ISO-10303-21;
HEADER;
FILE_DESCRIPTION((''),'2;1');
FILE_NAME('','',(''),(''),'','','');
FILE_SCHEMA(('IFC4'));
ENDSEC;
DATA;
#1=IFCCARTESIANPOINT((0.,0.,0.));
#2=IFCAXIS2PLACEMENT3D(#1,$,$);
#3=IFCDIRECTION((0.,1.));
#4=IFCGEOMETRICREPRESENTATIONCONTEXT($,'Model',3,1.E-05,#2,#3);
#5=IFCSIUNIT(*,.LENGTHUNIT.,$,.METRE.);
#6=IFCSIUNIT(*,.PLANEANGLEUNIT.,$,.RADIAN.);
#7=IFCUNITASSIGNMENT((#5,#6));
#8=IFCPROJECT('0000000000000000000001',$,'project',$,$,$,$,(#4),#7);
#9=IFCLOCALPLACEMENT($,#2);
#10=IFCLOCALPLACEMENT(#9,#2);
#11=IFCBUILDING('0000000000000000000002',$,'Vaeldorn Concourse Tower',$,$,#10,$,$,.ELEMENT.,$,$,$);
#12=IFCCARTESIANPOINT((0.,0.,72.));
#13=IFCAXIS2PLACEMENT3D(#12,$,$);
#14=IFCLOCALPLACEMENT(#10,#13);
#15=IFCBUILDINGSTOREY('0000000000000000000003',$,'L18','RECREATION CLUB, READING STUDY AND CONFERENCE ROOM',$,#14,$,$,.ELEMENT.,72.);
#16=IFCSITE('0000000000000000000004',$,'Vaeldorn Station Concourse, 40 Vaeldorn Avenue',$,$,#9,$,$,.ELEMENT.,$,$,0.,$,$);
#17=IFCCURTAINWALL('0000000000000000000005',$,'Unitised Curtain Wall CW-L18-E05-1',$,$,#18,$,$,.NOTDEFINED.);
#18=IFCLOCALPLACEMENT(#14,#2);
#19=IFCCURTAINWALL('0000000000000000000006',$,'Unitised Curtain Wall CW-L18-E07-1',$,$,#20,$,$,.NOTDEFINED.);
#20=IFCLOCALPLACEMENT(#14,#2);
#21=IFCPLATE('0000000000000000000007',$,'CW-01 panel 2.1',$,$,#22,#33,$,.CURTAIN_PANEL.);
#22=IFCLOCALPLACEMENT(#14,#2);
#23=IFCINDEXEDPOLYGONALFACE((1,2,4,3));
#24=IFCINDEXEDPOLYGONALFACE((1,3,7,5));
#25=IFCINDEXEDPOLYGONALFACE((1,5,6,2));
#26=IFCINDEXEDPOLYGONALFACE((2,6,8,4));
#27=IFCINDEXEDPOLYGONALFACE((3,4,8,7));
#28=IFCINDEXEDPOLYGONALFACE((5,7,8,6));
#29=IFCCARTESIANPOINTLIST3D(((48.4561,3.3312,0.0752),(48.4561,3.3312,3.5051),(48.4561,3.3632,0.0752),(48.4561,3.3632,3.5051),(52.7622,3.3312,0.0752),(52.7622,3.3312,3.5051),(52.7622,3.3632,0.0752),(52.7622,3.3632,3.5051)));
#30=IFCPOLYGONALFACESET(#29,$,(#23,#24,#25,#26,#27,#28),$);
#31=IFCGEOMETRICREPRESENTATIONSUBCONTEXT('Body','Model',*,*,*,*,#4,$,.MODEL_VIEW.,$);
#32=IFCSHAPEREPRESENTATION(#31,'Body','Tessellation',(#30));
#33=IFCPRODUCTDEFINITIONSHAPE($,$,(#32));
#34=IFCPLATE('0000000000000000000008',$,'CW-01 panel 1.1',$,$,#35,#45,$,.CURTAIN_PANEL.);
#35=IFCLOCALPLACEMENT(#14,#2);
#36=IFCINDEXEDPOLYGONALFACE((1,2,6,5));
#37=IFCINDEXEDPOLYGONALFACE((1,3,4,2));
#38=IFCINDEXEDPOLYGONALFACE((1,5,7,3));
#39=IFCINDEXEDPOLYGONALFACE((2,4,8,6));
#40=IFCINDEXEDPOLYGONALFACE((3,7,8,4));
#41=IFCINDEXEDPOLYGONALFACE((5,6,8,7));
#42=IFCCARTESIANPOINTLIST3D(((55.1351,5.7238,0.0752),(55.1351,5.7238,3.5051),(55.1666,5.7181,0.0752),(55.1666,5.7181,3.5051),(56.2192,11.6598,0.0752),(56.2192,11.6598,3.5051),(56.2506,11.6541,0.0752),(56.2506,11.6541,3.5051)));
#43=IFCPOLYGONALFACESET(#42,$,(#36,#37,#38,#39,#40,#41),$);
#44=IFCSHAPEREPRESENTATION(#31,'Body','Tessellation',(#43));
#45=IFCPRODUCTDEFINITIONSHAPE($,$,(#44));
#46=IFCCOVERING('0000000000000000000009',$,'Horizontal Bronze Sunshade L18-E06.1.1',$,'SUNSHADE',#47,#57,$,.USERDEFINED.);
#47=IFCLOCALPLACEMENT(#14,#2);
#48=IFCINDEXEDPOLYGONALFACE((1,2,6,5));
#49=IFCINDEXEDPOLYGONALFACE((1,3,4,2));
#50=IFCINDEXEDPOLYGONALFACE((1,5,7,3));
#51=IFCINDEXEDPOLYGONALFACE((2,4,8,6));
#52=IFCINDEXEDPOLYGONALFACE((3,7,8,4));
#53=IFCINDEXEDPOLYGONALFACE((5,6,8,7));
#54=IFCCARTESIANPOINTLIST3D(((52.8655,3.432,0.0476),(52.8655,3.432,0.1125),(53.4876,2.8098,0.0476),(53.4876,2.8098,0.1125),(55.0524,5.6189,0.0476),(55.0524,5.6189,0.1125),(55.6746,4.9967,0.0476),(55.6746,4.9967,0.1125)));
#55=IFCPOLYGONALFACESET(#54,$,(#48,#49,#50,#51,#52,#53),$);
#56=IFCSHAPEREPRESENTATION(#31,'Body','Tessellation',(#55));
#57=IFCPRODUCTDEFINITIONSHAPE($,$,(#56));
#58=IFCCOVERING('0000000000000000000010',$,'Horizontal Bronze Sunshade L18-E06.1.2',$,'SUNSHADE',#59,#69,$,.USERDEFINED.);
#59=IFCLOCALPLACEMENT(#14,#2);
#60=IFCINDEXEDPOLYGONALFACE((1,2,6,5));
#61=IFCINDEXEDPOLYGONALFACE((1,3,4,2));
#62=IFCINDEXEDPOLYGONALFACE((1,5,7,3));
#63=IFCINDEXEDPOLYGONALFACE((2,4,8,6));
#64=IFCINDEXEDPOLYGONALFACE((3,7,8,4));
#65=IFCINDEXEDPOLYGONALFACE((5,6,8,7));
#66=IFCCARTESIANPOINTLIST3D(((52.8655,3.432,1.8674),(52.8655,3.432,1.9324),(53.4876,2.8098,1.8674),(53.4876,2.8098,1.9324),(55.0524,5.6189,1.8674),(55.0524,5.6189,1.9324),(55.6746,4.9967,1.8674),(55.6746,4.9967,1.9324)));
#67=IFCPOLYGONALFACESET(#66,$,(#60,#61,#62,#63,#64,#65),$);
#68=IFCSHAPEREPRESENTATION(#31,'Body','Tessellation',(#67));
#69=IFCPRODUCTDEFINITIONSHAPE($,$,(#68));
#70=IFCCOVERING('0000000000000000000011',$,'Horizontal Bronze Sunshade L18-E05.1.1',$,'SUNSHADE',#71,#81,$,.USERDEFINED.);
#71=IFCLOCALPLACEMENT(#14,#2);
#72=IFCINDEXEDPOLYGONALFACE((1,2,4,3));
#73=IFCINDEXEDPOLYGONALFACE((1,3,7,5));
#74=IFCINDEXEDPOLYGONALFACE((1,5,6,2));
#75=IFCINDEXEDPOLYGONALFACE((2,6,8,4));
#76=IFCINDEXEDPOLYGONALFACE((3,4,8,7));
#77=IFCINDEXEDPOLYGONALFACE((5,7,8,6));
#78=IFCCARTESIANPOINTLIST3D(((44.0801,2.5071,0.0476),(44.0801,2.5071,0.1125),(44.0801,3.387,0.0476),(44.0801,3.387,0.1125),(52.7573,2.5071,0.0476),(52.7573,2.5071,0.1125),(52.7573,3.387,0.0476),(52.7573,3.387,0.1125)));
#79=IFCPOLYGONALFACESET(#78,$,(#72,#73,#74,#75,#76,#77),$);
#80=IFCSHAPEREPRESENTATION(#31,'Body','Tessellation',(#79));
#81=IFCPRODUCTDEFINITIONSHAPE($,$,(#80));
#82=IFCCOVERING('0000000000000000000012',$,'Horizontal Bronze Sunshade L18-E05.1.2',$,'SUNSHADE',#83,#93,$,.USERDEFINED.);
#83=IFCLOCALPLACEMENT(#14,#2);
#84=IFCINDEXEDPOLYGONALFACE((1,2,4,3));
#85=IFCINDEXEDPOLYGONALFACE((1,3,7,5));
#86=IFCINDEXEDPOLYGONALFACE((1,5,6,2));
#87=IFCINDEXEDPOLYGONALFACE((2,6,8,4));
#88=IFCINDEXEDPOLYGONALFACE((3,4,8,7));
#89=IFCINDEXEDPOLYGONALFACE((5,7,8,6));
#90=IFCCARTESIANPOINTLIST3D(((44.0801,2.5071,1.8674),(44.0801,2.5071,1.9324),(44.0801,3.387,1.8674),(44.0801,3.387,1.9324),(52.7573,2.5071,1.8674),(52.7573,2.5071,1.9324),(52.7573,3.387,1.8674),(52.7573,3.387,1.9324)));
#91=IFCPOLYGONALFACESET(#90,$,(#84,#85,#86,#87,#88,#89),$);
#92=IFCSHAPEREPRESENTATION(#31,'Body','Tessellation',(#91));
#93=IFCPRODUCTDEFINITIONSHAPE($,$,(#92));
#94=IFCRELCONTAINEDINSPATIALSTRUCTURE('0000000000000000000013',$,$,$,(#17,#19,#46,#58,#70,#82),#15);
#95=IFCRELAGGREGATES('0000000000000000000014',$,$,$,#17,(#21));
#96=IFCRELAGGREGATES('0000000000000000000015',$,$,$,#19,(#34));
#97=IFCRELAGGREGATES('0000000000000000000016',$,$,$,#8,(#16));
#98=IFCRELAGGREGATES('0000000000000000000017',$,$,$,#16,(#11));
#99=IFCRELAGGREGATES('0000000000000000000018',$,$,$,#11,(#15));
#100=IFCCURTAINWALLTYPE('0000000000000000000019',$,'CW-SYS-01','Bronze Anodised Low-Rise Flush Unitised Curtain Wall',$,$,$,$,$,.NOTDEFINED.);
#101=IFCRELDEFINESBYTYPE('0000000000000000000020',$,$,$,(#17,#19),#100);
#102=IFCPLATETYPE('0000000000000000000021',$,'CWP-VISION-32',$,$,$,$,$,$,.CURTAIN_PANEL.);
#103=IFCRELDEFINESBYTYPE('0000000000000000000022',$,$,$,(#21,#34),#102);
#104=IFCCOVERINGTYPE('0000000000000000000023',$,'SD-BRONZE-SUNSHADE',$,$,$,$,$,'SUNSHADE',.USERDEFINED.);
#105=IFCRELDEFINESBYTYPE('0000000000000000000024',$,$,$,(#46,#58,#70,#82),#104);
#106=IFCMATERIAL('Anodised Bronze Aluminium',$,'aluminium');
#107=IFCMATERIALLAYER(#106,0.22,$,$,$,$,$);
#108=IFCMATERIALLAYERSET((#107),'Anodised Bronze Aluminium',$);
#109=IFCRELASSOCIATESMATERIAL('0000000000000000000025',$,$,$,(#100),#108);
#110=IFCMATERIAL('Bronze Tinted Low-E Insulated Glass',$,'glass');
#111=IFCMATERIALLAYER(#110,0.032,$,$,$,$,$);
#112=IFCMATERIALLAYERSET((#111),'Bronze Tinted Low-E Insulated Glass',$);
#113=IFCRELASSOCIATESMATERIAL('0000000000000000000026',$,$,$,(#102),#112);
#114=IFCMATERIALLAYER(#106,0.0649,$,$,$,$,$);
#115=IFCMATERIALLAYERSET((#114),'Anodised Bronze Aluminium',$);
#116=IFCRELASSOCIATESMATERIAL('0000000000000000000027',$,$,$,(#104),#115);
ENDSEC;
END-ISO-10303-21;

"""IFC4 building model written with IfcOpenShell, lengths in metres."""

from ifc_helpers import new_model, si_unit, direction, frame, origin, origin_2d, place, context, subcontext, project, spatial, rectangle, extrude, source, transform, mapped, material, layer, layer_set, type_object, element, aggregate, save


model = new_model("IFC4")

# Units and contexts
model_context = context("Model", 3, precision=1e-05, world=origin(), true_north=direction((0.0, 1.0)))
body_context = subcontext(model_context, "Body", "Model", "MODEL_VIEW")
ifc_project = project(units=[si_unit("LENGTHUNIT", "METRE"), si_unit("PLANEANGLEUNIT", "RADIAN")], contexts=[model_context])

# Site, building, storey
site_placement = place(None, origin())
site = spatial("IfcSite", under=ifc_project, at=site_placement, Name="Vaeldorn Station Concourse, 40 Vaeldorn Avenue", CompositionType="ELEMENT", RefElevation=0.0)
building_placement = place(site_placement, origin())
building = spatial("IfcBuilding", under=site, at=building_placement, Name="Vaeldorn Concourse Tower", CompositionType="ELEMENT")
storey_placement = place(building_placement, frame((0.0, 0.0, 72.0)))
storey = spatial("IfcBuildingStorey", under=building, at=storey_placement, Name="L18", Description="RECREATION CLUB, READING STUDY AND CONFERENCE ROOM", CompositionType="ELEMENT", Elevation=72.0)

# Curtain walls
ifc_material_1 = material(Name="Anodised Bronze Aluminium", Category="aluminium")
ifc_layer_1 = layer(ifc_material_1, 0.22)
ifc_layer_set_1 = layer_set([ifc_layer_1], Name="Anodised Bronze Aluminium")
curtain_wall_type = type_object("IfcCurtainWallType", Name="CW-SYS-01", Description="Bronze Anodised Low-Rise Flush Unitised Curtain Wall", PredefinedType="NOTDEFINED", material=ifc_layer_set_1)
curtain_wall_1_placement = place(storey_placement, origin())
curtain_wall_1 = element("IfcCurtainWall", 1, at=curtain_wall_1_placement, inside=storey, type_object=curtain_wall_type, Name="Unitised Curtain Wall CW-L18-E05-1", PredefinedType="NOTDEFINED")
curtain_wall_2_placement = place(storey_placement, origin())
curtain_wall_2 = element("IfcCurtainWall", 2, at=curtain_wall_2_placement, inside=storey, type_object=curtain_wall_type, Name="Unitised Curtain Wall CW-L18-E07-1", PredefinedType="NOTDEFINED")

# Plates
ifc_material_2 = material(Name="Bronze Tinted Low-E Insulated Glass", Category="glass")
ifc_layer_2 = layer(ifc_material_2, 0.032)
ifc_layer_set_2 = layer_set([ifc_layer_2], Name="Bronze Tinted Low-E Insulated Glass")
plate_type = type_object("IfcPlateType", Name="CWP-VISION-32", PredefinedType="CURTAIN_PANEL", material=ifc_layer_set_2)
shared_shape_1 = source(origin(), body_context, "Body", "SweptSolid", [
    extrude(rectangle(XDim=4.3062, YDim=0.032, at=origin_2d()), origin(), (0.0, 0.0, 1.0), 3.4299),
])
plate_1_placement = place(storey_placement, frame((50.6091, 3.3472, 0.0752), z_axis=(0.0, 0.0, 1.0), x_axis=(1.0, 0.0, 0.0)))
plate_1 = element("IfcPlate", 3, at=plate_1_placement, type_object=plate_type, Name="CW-01 panel 2.1", PredefinedType="CURTAIN_PANEL", context=body_context, shape_type="MappedRepresentation", body=[
    mapped(shared_shape_1, transform((0.0, 0.0, 0.0), scale=1.0)),
])
aggregate(curtain_wall_1, [plate_1])
shared_shape_2 = source(origin(), body_context, "Body", "SweptSolid", [
    extrude(rectangle(XDim=6.0342, YDim=0.032, at=origin_2d()), origin(), (0.0, 0.0, 1.0), 3.4299),
])
plate_2_placement = place(storey_placement, frame((55.6929, 8.689, 0.0752), z_axis=(0.0, 0.0, 1.0), x_axis=(0.179658, 0.983729, 0.0)))
plate_2 = element("IfcPlate", 4, at=plate_2_placement, type_object=plate_type, Name="CW-01 panel 1.1", PredefinedType="CURTAIN_PANEL", context=body_context, shape_type="MappedRepresentation", body=[
    mapped(shared_shape_2, transform((0.0, 0.0, 0.0), scale=1.0)),
])
aggregate(curtain_wall_2, [plate_2])

# Coverings
ifc_layer_3 = layer(ifc_material_1, 0.0649)
ifc_layer_set_3 = layer_set([ifc_layer_3], Name="Anodised Bronze Aluminium")
covering_type = type_object("IfcCoveringType", Name="SD-BRONZE-SUNSHADE", ElementType="SUNSHADE", PredefinedType="USERDEFINED", material=ifc_layer_set_3)
shared_shape_3 = source(origin(), body_context, "Body", "SweptSolid", [
    extrude(rectangle(XDim=3.0928, YDim=0.8799, at=origin_2d()), origin(), (0.0, 0.0, 1.0), 0.0649),
])
for number, where, z_axis, x_axis, name in (
    (5, (54.27, 4.2144, 0.0476), (0.0, 0.0, 1.0), (0.707107, 0.707107, 0.0), "Horizontal Bronze Sunshade L18-E06.1.1"),
    (6, (54.27, 4.2144, 1.8674), (0.0, 0.0, 1.0), (0.707107, 0.707107, 0.0), "Horizontal Bronze Sunshade L18-E06.1.2"),
):
    element("IfcCovering", number, at=place(storey_placement, frame(where, z_axis=z_axis, x_axis=x_axis)), inside=storey, type_object=covering_type, Name=name, ObjectType="SUNSHADE", PredefinedType="USERDEFINED", context=body_context, shape_type="MappedRepresentation", body=[
        mapped(shared_shape_3, transform((0.0, 0.0, 0.0), scale=1.0)),
    ])
shared_shape_4 = source(origin(), body_context, "Body", "SweptSolid", [
    extrude(rectangle(XDim=8.6772, YDim=0.8799, at=origin_2d()), origin(), (0.0, 0.0, 1.0), 0.0649),
])
for number, where, z_axis, x_axis, name in (
    (7, (48.4187, 2.947, 0.0476), (0.0, 0.0, 1.0), (1.0, 0.0, 0.0), "Horizontal Bronze Sunshade L18-E05.1.1"),
    (8, (48.4187, 2.947, 1.8674), (0.0, 0.0, 1.0), (1.0, 0.0, 0.0), "Horizontal Bronze Sunshade L18-E05.1.2"),
):
    element("IfcCovering", number, at=place(storey_placement, frame(where, z_axis=z_axis, x_axis=x_axis)), inside=storey, type_object=covering_type, Name=name, ObjectType="SUNSHADE", PredefinedType="USERDEFINED", context=body_context, shape_type="MappedRepresentation", body=[
        mapped(shared_shape_4, transform((0.0, 0.0, 0.0), scale=1.0)),
    ])

save(model, "model.ifc")
